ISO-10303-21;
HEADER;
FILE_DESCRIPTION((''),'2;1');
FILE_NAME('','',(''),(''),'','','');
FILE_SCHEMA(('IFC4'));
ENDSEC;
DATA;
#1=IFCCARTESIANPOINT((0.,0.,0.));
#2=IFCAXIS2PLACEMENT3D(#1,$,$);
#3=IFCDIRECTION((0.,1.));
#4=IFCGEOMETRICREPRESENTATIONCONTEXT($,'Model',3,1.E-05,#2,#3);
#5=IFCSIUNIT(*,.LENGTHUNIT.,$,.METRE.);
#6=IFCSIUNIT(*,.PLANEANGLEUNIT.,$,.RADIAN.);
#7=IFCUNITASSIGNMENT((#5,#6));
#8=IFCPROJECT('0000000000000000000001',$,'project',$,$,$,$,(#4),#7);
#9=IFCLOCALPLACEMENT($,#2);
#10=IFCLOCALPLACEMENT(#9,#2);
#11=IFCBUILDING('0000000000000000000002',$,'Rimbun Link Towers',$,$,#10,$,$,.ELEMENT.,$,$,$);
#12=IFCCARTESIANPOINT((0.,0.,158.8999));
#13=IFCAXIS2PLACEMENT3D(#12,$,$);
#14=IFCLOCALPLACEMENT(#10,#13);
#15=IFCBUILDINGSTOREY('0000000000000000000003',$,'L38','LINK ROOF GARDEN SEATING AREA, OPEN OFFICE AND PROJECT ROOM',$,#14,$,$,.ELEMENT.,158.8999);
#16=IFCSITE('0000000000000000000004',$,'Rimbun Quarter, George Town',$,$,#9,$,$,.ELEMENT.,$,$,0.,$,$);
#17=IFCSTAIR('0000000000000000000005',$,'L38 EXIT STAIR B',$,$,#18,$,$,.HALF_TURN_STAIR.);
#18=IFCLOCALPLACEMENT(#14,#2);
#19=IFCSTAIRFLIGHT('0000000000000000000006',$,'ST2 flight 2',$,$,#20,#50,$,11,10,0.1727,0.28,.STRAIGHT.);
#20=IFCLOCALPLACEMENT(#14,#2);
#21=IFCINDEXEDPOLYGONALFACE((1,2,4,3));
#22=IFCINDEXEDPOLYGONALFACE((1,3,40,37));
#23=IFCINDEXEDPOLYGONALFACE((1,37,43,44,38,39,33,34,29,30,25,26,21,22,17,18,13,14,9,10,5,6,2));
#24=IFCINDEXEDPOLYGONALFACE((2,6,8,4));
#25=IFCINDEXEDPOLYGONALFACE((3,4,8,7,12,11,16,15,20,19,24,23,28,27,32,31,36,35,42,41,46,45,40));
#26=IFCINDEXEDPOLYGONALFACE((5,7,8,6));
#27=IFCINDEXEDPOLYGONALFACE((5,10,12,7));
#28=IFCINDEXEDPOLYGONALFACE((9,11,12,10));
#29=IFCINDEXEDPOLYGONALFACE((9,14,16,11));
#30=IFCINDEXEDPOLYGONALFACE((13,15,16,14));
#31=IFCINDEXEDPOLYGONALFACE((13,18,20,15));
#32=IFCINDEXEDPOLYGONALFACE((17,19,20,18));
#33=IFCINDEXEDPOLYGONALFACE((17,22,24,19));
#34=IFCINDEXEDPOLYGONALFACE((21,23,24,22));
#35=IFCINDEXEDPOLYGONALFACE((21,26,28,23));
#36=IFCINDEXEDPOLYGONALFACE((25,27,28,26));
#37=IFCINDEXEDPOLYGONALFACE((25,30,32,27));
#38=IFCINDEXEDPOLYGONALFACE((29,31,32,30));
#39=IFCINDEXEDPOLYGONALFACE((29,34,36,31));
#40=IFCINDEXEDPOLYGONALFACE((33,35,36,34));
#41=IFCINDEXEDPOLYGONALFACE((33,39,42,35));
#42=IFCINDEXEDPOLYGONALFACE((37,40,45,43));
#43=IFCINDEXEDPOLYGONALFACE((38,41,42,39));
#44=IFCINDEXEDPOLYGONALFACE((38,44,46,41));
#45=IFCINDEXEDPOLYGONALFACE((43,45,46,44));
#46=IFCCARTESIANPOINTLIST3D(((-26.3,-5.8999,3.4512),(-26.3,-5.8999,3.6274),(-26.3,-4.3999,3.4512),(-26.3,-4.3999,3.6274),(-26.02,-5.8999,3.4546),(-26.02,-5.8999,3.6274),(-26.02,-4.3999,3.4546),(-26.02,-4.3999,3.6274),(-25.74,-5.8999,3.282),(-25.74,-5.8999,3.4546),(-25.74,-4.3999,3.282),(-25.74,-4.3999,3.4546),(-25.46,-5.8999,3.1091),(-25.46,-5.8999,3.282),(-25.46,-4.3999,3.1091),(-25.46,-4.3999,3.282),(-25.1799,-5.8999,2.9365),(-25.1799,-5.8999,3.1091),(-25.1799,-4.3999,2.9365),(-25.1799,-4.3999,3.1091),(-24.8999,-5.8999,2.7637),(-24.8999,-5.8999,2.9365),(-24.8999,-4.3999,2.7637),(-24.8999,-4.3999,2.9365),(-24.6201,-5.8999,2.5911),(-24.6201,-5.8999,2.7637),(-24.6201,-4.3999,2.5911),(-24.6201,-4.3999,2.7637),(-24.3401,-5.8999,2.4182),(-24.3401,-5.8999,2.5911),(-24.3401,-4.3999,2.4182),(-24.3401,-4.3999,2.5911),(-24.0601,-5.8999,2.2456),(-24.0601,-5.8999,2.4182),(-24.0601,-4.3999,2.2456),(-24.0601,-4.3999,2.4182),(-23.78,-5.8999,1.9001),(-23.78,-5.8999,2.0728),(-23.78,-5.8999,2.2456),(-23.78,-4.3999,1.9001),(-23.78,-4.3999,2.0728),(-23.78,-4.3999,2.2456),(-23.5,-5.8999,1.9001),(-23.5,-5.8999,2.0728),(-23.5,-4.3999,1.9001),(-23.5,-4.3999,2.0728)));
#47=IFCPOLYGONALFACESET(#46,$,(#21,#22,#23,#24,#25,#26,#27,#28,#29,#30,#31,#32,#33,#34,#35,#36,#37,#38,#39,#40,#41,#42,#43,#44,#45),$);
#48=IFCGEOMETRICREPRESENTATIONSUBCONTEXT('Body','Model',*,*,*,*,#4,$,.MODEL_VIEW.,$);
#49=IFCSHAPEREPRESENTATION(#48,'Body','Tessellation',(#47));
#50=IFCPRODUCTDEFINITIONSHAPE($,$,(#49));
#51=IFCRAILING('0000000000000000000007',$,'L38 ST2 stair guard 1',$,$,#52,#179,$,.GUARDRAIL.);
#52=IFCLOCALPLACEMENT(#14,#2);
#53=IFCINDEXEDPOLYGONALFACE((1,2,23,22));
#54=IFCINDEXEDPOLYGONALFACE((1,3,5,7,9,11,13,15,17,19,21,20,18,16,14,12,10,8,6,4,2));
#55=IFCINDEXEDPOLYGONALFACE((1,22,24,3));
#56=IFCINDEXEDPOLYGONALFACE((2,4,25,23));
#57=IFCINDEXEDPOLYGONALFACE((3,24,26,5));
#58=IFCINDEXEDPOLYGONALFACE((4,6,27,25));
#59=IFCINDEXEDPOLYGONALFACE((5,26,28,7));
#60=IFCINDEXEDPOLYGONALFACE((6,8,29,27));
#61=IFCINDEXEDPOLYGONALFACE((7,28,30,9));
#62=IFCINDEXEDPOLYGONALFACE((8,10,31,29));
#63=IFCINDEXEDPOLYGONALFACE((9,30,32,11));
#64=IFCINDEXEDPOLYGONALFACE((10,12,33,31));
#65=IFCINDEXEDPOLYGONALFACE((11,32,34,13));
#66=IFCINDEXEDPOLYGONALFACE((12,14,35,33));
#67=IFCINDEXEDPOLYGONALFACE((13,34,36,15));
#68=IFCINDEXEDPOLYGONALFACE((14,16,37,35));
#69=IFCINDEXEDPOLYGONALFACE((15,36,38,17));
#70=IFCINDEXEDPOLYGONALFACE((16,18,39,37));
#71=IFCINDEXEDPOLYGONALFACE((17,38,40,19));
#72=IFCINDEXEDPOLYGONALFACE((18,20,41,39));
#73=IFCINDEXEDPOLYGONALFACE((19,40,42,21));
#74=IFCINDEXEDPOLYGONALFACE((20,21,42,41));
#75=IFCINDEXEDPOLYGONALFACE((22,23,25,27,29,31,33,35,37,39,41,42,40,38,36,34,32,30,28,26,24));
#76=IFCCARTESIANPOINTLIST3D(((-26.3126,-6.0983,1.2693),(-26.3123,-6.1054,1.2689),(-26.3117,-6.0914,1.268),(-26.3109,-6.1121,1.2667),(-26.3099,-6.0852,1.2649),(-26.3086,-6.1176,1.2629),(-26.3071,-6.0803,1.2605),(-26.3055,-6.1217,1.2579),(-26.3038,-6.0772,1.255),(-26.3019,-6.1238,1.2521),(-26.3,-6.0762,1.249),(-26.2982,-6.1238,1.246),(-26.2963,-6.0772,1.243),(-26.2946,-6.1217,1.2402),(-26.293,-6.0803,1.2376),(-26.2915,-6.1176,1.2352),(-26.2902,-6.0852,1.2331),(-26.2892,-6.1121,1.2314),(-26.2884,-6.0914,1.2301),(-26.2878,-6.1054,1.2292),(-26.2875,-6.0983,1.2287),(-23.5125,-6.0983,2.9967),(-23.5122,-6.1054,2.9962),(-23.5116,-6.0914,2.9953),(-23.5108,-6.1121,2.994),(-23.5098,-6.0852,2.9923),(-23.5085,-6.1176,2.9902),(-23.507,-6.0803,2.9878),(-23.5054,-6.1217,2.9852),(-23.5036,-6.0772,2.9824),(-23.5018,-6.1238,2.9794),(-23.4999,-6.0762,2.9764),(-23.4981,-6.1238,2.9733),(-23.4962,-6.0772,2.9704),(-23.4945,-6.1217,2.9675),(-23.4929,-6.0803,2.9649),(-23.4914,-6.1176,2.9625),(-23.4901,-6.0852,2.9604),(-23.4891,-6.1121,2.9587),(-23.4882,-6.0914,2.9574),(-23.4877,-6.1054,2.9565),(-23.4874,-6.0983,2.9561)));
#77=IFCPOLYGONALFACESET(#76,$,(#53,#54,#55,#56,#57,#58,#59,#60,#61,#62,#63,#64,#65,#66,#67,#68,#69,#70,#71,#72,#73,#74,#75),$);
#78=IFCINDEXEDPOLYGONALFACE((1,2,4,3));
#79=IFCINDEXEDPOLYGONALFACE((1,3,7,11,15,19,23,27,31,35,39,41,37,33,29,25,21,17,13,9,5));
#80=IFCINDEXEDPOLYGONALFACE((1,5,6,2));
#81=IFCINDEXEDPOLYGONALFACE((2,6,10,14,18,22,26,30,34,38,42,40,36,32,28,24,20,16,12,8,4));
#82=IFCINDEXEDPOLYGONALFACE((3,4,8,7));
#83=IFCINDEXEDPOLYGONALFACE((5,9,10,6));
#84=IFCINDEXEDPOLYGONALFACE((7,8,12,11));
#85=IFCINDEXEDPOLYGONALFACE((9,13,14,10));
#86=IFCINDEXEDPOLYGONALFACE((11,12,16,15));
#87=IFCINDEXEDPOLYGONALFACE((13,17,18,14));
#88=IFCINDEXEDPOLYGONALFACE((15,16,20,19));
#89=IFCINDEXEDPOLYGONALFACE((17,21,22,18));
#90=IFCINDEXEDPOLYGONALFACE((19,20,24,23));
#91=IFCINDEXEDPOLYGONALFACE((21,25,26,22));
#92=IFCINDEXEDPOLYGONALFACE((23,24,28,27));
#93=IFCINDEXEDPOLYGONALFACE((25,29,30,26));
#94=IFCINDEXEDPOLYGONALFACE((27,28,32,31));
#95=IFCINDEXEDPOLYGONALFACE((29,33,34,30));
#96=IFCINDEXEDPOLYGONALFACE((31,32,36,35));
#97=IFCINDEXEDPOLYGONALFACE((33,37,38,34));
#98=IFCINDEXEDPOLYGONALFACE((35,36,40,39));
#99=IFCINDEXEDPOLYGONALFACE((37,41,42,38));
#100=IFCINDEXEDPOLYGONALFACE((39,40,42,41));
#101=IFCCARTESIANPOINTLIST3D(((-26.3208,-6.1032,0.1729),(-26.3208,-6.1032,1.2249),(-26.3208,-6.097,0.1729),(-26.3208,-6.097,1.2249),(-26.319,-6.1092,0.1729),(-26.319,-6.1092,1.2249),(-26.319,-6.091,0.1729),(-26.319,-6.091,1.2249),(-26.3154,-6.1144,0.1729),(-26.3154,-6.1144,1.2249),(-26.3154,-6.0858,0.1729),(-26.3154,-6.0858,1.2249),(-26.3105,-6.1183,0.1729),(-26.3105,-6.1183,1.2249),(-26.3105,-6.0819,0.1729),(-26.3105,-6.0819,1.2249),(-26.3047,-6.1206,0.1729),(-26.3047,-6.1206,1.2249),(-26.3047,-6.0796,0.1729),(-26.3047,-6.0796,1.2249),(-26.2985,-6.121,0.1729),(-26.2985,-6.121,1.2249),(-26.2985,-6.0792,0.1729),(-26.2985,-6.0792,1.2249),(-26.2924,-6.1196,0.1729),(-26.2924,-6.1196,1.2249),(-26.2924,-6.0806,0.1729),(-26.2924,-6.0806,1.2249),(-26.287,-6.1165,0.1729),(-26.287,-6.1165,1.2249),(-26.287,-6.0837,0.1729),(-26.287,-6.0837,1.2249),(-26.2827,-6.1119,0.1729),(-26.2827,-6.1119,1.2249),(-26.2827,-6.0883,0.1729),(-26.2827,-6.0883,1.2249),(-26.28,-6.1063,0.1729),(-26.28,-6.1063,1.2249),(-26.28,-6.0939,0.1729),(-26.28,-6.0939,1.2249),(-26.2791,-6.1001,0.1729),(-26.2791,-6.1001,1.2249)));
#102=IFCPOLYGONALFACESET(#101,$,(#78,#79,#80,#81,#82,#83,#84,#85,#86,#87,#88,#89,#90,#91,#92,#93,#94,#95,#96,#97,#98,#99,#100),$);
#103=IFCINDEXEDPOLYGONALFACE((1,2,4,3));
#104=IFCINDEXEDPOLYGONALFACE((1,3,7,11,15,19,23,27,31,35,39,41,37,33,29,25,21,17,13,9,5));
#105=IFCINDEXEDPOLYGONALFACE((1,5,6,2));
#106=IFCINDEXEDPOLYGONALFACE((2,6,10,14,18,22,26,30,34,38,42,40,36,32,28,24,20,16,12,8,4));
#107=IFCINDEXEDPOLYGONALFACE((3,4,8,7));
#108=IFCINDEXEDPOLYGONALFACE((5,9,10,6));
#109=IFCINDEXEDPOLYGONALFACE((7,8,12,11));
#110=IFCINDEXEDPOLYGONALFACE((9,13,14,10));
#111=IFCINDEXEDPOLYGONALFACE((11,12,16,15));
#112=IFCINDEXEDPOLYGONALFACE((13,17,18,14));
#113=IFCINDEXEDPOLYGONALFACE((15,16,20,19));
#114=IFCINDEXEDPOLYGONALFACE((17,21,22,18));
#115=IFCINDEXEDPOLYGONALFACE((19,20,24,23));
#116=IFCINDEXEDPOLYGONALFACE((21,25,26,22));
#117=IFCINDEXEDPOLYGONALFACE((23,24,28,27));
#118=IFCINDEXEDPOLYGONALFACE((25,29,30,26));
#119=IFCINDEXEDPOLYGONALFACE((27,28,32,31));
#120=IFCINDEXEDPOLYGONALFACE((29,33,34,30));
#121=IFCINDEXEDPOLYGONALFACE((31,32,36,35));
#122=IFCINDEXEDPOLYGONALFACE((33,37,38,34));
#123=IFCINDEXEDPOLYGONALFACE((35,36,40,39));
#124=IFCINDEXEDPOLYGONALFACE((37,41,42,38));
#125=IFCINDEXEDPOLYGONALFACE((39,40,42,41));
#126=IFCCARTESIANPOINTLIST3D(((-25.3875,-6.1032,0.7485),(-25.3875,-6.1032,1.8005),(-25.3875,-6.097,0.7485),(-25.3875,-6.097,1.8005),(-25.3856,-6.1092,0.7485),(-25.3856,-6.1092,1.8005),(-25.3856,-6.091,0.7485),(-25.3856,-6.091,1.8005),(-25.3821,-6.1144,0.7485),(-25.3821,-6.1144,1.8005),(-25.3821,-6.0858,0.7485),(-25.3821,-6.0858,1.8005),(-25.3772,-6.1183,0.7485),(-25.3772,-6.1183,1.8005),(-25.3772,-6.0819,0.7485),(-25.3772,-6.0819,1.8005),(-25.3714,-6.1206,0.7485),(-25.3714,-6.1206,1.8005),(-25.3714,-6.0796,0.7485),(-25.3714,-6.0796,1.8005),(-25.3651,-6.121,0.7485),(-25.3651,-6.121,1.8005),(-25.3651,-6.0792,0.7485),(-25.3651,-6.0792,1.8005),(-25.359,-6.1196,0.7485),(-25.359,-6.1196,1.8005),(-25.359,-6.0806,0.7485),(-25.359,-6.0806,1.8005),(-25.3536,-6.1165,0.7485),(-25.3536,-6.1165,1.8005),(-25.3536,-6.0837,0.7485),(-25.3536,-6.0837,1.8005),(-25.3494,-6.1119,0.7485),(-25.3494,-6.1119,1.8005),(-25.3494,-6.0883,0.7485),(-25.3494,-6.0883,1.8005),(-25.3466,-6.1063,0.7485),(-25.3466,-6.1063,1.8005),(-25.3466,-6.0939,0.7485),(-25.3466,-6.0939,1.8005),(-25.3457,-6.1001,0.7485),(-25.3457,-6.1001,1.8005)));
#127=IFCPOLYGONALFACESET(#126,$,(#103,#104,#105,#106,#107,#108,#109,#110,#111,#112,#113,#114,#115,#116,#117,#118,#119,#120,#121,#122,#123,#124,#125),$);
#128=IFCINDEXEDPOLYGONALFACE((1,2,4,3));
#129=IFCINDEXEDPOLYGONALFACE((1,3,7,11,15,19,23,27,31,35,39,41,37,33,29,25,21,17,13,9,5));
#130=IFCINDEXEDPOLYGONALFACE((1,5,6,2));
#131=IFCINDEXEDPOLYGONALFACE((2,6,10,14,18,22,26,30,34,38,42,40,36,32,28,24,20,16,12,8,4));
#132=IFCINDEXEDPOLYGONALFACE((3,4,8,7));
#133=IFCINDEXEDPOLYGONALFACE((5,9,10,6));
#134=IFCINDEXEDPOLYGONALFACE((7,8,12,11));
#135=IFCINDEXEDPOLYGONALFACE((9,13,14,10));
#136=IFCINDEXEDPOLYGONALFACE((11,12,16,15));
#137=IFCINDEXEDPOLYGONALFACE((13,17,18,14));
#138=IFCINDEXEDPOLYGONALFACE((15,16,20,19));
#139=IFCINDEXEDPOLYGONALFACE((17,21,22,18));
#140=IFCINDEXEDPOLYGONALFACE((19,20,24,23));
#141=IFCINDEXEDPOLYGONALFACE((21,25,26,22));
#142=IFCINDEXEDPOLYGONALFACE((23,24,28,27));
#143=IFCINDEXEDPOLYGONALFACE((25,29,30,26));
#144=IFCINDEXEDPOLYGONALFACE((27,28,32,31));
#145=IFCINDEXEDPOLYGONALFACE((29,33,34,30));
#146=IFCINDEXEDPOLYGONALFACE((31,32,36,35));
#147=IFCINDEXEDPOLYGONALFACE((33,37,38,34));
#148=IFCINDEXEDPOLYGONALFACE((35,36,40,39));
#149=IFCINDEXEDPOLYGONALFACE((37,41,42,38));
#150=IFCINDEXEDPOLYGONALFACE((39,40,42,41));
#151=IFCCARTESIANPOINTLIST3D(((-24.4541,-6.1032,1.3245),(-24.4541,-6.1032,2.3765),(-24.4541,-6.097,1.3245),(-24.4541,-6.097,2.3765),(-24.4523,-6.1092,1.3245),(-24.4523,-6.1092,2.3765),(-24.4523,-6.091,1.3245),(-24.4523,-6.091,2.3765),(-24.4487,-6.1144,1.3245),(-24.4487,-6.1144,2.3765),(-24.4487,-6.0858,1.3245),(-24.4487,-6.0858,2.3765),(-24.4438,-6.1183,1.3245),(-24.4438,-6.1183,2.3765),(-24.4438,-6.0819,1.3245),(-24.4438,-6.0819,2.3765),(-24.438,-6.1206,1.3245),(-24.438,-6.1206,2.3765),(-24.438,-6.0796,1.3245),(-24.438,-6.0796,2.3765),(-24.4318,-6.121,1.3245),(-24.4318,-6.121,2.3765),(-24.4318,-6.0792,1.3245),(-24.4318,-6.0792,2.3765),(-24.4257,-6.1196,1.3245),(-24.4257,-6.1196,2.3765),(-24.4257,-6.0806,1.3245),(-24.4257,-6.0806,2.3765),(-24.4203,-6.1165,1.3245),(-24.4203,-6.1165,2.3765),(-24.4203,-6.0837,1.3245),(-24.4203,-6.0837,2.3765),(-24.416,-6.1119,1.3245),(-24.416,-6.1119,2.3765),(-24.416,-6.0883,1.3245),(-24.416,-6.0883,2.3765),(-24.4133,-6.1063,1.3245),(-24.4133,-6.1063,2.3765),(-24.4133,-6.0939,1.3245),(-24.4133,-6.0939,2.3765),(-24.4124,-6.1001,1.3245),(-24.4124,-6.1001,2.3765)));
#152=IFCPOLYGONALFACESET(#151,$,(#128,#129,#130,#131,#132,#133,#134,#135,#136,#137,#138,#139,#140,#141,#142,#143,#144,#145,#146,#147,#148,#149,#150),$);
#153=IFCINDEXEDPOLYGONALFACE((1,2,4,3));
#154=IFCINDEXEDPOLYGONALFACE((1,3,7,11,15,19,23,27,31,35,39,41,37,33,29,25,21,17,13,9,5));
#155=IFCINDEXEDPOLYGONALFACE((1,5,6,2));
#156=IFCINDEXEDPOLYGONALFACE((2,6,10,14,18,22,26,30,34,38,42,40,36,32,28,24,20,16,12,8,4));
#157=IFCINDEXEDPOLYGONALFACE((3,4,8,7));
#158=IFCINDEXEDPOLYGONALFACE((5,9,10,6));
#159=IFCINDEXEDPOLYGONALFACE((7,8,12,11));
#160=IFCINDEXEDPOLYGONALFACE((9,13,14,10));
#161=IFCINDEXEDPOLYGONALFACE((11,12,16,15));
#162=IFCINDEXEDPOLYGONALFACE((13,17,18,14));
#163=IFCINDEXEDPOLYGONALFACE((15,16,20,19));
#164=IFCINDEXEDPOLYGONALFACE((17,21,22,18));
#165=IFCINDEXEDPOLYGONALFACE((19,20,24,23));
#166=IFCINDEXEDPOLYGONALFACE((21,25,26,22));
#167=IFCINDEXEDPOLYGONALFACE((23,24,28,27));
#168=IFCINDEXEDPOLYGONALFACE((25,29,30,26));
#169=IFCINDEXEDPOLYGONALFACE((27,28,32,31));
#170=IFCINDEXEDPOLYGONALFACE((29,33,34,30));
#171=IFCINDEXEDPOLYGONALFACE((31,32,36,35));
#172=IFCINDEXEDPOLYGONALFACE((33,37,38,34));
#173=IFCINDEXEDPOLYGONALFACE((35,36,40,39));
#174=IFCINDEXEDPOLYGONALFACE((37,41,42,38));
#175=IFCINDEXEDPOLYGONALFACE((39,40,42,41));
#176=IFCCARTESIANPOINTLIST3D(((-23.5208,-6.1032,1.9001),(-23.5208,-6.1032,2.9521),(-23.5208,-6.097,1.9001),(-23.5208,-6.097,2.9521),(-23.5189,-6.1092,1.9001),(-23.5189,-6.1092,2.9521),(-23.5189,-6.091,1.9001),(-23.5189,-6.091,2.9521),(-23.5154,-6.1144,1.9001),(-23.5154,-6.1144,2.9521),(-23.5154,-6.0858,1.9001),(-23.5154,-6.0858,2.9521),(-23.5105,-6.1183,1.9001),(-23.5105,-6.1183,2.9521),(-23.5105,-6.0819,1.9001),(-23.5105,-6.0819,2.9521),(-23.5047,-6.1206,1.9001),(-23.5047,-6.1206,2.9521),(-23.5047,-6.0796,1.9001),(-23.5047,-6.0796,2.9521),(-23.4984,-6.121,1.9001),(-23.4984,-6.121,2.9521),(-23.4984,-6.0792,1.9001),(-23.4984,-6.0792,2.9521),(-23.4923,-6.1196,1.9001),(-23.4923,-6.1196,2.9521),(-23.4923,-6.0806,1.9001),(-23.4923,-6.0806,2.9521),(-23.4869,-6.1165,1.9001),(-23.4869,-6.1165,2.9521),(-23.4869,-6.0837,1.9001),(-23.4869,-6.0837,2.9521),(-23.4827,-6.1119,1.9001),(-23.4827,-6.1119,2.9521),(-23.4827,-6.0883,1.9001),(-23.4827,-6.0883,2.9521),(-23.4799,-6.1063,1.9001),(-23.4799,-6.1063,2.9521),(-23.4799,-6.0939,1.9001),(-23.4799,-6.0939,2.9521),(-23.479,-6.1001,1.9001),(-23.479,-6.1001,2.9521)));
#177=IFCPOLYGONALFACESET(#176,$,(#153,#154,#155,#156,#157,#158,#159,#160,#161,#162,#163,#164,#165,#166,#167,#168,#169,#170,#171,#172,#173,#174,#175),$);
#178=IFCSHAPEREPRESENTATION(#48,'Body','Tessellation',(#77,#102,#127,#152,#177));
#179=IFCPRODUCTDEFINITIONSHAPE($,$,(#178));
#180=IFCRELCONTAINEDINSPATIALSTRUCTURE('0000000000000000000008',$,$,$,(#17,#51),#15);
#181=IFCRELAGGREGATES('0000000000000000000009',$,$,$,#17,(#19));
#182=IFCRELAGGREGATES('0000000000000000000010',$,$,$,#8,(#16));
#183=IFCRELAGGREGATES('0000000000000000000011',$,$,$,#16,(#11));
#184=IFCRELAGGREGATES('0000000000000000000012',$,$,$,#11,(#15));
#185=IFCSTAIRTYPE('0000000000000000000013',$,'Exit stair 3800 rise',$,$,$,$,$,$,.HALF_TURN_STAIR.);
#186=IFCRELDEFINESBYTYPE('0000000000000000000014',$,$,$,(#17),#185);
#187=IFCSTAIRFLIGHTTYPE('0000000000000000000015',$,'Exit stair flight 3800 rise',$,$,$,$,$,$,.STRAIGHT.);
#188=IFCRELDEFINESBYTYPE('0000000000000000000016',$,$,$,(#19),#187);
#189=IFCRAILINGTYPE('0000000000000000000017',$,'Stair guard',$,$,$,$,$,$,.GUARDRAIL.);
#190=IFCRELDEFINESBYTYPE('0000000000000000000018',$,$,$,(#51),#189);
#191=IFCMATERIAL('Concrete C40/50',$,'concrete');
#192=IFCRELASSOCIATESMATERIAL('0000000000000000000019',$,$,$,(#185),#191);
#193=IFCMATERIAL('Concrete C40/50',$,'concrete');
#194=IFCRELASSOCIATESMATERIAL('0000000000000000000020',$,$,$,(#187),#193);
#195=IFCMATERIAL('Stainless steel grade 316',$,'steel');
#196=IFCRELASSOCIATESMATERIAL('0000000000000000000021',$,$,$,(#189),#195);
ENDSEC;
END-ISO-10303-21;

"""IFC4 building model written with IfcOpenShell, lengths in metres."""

from ifc_helpers import new_model, si_unit, direction, frame, origin, origin_2d, place, context, subcontext, project, spatial, polyline, circle, outline, extrude, material, type_object, element, aggregate, save


model = new_model("IFC4")

# Units and contexts
model_context = context("Model", 3, precision=1e-05, world=origin(), true_north=direction((0.0, 1.0)))
body_context = subcontext(model_context, "Body", "Model", "MODEL_VIEW")
ifc_project = project(units=[si_unit("LENGTHUNIT", "METRE"), si_unit("PLANEANGLEUNIT", "RADIAN")], contexts=[model_context])

# Site, building, storey
site_placement = place(None, origin())
site = spatial("IfcSite", under=ifc_project, at=site_placement, Name="Rimbun Quarter, George Town", CompositionType="ELEMENT", RefElevation=0.0)
building_placement = place(site_placement, origin())
building = spatial("IfcBuilding", under=site, at=building_placement, Name="Rimbun Link Towers", CompositionType="ELEMENT")
storey_placement = place(building_placement, frame((0.0, 0.0, 158.8999)))
storey = spatial("IfcBuildingStorey", under=building, at=storey_placement, Name="L38", Description="LINK ROOF GARDEN SEATING AREA, OPEN OFFICE AND PROJECT ROOM", CompositionType="ELEMENT", Elevation=158.8999)

# Stair, stair flight
ifc_material_1 = material(Name="Concrete C40/50", Category="concrete")
stair_type = type_object("IfcStairType", Name="Exit stair 3800 rise", PredefinedType="HALF_TURN_STAIR", material=ifc_material_1)
stair_placement = place(storey_placement, origin())
stair = element("IfcStair", 1, at=stair_placement, inside=storey, type_object=stair_type, Name="L38 EXIT STAIR B", PredefinedType="HALF_TURN_STAIR")
ifc_material_2 = material(Name="Concrete C40/50", Category="concrete")
stair_flight_type = type_object("IfcStairFlightType", Name="Exit stair flight 3800 rise", PredefinedType="STRAIGHT", material=ifc_material_2)
stair_flight_1_placement = place(storey_placement, frame((-23.5, -5.1499, 1.9001), z_axis=(0.0, 0.0, 1.0), x_axis=(-1.0, 0.0, 0.0)))
stair_flight_1 = element("IfcStairFlight", 2, at=stair_flight_1_placement, type_object=stair_flight_type, Name="ST2 flight 2", NumberOfRisers=11, NumberOfTreads=10, PredefinedType="STRAIGHT", RiserHeight=0.1727, TreadLength=0.28, context=body_context, shape_type="SweptSolid", body=[
    extrude(outline(polyline([(0.0, 0.0), (0.0, 0.1726), (0.28, 0.1726), (0.28, 0.3455), (0.5601, 0.3455), (0.5601, 0.5181), (0.8401, 0.5181), (0.8401, 0.6909), (1.1201, 0.6909), (1.1201, 0.8635), (1.3999, 0.8635), (1.3999, 1.0364), (1.6799, 1.0364), (1.6799, 1.209), (1.96, 1.209), (1.96, 1.3818), (2.24, 1.3818), (2.24, 1.5544), (2.52, 1.5544), (2.52, 1.7273), (2.8, 1.7273), (2.8, 1.8999), (2.8, 1.551), (0.28, 0.0), (0.0, 0.0)])), frame((0.0, 0.75, 0.0), z_axis=(0.0, -1.0, 0.0), x_axis=(1.0, 0.0, 0.0)), (0.0, 0.0, 1.0), 1.5),
])
aggregate(stair, [stair_flight_1])

# Railing
ifc_material_3 = material(Name="Stainless steel grade 316", Category="steel")
railing_type_1 = type_object("IfcRailingType", Name="Stair guard", PredefinedType="GUARDRAIL", material=ifc_material_3)
railing_1_placement = place(storey_placement, frame((-26.3, -6.1001, 0.1729)))
element("IfcRailing", 3, at=railing_1_placement, inside=storey, type_object=railing_type_1, Name="L38 ST2 stair guard 1", PredefinedType="GUARDRAIL", context=body_context, shape_type="SweptSolid", body=[
    extrude(circle(Radius=0.0239, at=origin_2d()), frame((0.0, 0.0, 1.0762), z_axis=(0.85109, 0.0, 0.52502), x_axis=(0.0, 1.0, 0.0)), (0.0, 0.0, 1.0), 3.29),
    extrude(circle(Radius=0.021, at=origin_2d()), origin(), (0.0, 0.0, 1.0), 1.052),
    extrude(circle(Radius=0.021, at=origin_2d()), frame((0.9333, 0.0, 0.5757)), (0.0, 0.0, 1.0), 1.052),
    extrude(circle(Radius=0.021, at=origin_2d()), frame((1.8667, 0.0, 1.1516)), (0.0, 0.0, 1.0), 1.052),
    extrude(circle(Radius=0.021, at=origin_2d()), frame((2.8, 0.0, 1.7273)), (0.0, 0.0, 1.0), 1.052),
])

save(model, "model.ifc")
